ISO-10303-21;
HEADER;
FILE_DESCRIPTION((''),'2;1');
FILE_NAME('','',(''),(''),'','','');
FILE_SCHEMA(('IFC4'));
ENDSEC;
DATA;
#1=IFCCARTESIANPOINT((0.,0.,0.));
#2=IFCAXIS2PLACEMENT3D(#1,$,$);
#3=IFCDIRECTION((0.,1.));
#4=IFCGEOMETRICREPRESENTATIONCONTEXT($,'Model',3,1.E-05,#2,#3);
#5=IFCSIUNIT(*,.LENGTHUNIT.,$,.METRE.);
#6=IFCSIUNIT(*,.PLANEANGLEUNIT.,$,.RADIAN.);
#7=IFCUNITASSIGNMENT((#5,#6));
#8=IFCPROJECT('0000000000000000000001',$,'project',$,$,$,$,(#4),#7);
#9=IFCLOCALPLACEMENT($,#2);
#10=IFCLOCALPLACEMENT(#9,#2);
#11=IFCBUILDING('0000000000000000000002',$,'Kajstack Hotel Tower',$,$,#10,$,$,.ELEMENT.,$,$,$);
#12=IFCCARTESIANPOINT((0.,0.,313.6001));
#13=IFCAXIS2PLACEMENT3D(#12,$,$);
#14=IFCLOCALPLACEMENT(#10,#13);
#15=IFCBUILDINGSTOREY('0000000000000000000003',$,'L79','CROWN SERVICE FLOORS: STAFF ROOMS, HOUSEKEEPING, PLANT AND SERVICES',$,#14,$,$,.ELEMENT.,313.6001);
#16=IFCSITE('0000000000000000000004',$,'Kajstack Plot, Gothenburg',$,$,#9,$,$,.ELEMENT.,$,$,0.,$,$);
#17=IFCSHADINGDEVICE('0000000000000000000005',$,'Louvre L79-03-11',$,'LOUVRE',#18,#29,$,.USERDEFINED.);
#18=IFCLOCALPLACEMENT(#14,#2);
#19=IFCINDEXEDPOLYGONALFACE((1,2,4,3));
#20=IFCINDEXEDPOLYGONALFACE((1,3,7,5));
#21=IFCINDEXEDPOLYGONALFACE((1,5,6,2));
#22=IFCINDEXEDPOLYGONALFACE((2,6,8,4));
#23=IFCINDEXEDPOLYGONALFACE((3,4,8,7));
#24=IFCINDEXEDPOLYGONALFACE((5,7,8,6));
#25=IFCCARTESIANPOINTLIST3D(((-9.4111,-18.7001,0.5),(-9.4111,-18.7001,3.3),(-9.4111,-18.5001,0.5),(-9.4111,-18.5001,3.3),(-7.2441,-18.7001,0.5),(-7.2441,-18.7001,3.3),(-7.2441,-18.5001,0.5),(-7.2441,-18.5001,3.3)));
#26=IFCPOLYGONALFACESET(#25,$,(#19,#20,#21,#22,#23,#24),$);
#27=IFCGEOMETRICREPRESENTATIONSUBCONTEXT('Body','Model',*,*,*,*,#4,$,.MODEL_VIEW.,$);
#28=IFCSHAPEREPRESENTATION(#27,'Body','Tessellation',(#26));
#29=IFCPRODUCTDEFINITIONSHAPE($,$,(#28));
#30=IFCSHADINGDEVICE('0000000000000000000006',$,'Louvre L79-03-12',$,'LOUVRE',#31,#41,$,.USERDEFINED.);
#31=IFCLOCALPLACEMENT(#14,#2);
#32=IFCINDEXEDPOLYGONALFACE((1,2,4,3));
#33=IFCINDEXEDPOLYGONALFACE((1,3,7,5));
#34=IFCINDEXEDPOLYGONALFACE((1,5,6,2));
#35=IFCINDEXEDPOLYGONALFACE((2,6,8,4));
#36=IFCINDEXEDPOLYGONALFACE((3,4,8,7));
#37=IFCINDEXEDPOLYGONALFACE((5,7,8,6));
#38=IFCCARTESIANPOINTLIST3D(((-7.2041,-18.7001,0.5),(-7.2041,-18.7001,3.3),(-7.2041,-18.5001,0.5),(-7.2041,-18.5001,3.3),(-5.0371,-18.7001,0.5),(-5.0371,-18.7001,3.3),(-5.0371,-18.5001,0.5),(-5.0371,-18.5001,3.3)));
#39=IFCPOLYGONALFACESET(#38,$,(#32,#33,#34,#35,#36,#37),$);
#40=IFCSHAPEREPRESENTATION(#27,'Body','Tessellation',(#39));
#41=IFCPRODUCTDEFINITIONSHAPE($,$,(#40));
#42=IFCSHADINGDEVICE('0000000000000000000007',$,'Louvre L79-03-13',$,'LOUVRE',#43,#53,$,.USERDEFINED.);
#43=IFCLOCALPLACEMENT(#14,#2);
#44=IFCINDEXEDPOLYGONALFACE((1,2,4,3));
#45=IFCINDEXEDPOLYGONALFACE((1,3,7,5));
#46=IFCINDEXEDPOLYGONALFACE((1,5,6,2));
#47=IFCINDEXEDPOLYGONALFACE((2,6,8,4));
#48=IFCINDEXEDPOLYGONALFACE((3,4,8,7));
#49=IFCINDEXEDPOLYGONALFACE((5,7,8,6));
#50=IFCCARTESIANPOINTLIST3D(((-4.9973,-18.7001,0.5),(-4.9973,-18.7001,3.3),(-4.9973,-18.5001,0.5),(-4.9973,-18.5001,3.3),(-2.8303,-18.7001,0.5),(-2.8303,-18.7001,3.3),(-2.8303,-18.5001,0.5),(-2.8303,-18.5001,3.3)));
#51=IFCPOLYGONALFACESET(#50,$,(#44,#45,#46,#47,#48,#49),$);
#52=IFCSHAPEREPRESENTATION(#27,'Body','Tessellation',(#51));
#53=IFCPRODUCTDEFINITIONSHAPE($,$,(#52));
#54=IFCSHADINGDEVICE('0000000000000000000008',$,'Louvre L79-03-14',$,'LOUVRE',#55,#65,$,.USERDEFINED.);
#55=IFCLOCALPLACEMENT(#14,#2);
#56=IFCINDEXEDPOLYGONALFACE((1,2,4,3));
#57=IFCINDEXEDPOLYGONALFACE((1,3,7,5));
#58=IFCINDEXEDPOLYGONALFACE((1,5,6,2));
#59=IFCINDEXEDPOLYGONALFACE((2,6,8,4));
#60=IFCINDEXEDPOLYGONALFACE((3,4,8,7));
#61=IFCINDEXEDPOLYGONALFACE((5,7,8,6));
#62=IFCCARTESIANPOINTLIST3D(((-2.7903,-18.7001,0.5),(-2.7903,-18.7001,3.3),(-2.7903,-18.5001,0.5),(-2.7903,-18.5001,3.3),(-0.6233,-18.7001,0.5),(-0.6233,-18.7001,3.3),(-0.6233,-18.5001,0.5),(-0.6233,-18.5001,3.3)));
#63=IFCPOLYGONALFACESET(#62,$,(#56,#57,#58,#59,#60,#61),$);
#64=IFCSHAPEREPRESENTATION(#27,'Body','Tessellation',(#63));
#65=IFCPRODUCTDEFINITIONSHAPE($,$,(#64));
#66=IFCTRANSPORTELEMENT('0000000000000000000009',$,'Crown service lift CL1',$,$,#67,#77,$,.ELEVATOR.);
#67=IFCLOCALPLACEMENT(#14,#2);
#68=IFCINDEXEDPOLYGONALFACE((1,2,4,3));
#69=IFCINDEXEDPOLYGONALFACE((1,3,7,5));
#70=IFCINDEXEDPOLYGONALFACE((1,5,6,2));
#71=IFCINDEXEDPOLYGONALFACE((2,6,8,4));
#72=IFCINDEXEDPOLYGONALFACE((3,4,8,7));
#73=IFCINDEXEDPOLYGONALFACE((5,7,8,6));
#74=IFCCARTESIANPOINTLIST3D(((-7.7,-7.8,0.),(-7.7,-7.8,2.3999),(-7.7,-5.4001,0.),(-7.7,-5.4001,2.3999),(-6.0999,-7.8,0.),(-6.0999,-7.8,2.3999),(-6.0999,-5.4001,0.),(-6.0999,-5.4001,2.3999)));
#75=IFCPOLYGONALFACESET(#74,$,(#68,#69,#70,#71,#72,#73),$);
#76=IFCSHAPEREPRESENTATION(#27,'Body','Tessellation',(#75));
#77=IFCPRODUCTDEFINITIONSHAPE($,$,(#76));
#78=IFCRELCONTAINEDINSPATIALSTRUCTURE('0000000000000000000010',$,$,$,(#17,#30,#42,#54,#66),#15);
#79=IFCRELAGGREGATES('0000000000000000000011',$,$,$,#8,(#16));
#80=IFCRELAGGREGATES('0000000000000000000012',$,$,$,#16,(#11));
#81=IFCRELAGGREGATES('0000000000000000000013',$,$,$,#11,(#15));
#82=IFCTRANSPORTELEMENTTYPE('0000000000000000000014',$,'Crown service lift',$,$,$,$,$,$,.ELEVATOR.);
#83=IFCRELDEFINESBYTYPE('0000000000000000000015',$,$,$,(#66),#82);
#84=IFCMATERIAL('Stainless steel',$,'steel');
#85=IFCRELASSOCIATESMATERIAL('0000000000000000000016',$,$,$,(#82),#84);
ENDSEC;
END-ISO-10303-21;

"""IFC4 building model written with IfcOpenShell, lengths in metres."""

from ifc_helpers import new_model, si_unit, direction, frame, origin, origin_2d, place, context, subcontext, project, spatial, rectangle, extrude, material, type_object, element, save


model = new_model("IFC4")

# Units and contexts
model_context = context("Model", 3, precision=1e-05, world=origin(), true_north=direction((0.0, 1.0)))
body_context = subcontext(model_context, "Body", "Model", "MODEL_VIEW")
ifc_project = project(units=[si_unit("LENGTHUNIT", "METRE"), si_unit("PLANEANGLEUNIT", "RADIAN")], contexts=[model_context])

# Site, building, storey
site_placement = place(None, origin())
site = spatial("IfcSite", under=ifc_project, at=site_placement, Name="Kajstack Plot, Gothenburg", CompositionType="ELEMENT", RefElevation=0.0)
building_placement = place(site_placement, origin())
building = spatial("IfcBuilding", under=site, at=building_placement, Name="Kajstack Hotel Tower", CompositionType="ELEMENT")
storey_placement = place(building_placement, frame((0.0, 0.0, 313.6001)))
storey = spatial("IfcBuildingStorey", under=building, at=storey_placement, Name="L79", Description="CROWN SERVICE FLOORS: STAFF ROOMS, HOUSEKEEPING, PLANT AND SERVICES", CompositionType="ELEMENT", Elevation=313.6001)

# Shared definitions
ifc_material_1 = material(Name="Stainless steel", Category="steel")

# Shading devices
for number, where, z_axis, x_axis, name in (
    (1, (-8.3276, -18.6001, 0.5), (0.0, 0.0, 1.0), (1.0, 0.0, 0.0), "Louvre L79-03-11"),
    (2, (-6.1206, -18.6001, 0.5), (0.0, 0.0, 1.0), (1.0, 0.0, 0.0), "Louvre L79-03-12"),
    (3, (-3.9138, -18.6001, 0.5), (0.0, 0.0, 1.0), (1.0, 0.0, 0.0), "Louvre L79-03-13"),
    (4, (-1.7068, -18.6001, 0.5), (0.0, 0.0, 1.0), (1.0, 0.0, 0.0), "Louvre L79-03-14"),
):
    element("IfcShadingDevice", number, at=place(storey_placement, frame(where, z_axis=z_axis, x_axis=x_axis)), inside=storey, Name=name, ObjectType="LOUVRE", PredefinedType="USERDEFINED", context=body_context, shape_type="SweptSolid", body=[
        extrude(rectangle(XDim=2.167, YDim=0.2, at=origin_2d()), origin(), (0.0, 0.0, 1.0), 2.8),
    ])

# Transport element
transport_element_type = type_object("IfcTransportElementType", Name="Crown service lift", PredefinedType="ELEVATOR", material=ifc_material_1)
transport_element_placement = place(storey_placement, frame((-6.8999, -6.6001, 0.0), z_axis=(0.0, 0.0, 1.0), x_axis=(1.0, 0.0, 0.0)))
element("IfcTransportElement", 5, at=transport_element_placement, inside=storey, type_object=transport_element_type, Name="Crown service lift CL1", PredefinedType="ELEVATOR", context=body_context, shape_type="SweptSolid", body=[
    extrude(rectangle(XDim=1.6001, YDim=2.3999, at=origin_2d()), origin(), (0.0, 0.0, 1.0), 2.3999),
])

save(model, "model.ifc")
